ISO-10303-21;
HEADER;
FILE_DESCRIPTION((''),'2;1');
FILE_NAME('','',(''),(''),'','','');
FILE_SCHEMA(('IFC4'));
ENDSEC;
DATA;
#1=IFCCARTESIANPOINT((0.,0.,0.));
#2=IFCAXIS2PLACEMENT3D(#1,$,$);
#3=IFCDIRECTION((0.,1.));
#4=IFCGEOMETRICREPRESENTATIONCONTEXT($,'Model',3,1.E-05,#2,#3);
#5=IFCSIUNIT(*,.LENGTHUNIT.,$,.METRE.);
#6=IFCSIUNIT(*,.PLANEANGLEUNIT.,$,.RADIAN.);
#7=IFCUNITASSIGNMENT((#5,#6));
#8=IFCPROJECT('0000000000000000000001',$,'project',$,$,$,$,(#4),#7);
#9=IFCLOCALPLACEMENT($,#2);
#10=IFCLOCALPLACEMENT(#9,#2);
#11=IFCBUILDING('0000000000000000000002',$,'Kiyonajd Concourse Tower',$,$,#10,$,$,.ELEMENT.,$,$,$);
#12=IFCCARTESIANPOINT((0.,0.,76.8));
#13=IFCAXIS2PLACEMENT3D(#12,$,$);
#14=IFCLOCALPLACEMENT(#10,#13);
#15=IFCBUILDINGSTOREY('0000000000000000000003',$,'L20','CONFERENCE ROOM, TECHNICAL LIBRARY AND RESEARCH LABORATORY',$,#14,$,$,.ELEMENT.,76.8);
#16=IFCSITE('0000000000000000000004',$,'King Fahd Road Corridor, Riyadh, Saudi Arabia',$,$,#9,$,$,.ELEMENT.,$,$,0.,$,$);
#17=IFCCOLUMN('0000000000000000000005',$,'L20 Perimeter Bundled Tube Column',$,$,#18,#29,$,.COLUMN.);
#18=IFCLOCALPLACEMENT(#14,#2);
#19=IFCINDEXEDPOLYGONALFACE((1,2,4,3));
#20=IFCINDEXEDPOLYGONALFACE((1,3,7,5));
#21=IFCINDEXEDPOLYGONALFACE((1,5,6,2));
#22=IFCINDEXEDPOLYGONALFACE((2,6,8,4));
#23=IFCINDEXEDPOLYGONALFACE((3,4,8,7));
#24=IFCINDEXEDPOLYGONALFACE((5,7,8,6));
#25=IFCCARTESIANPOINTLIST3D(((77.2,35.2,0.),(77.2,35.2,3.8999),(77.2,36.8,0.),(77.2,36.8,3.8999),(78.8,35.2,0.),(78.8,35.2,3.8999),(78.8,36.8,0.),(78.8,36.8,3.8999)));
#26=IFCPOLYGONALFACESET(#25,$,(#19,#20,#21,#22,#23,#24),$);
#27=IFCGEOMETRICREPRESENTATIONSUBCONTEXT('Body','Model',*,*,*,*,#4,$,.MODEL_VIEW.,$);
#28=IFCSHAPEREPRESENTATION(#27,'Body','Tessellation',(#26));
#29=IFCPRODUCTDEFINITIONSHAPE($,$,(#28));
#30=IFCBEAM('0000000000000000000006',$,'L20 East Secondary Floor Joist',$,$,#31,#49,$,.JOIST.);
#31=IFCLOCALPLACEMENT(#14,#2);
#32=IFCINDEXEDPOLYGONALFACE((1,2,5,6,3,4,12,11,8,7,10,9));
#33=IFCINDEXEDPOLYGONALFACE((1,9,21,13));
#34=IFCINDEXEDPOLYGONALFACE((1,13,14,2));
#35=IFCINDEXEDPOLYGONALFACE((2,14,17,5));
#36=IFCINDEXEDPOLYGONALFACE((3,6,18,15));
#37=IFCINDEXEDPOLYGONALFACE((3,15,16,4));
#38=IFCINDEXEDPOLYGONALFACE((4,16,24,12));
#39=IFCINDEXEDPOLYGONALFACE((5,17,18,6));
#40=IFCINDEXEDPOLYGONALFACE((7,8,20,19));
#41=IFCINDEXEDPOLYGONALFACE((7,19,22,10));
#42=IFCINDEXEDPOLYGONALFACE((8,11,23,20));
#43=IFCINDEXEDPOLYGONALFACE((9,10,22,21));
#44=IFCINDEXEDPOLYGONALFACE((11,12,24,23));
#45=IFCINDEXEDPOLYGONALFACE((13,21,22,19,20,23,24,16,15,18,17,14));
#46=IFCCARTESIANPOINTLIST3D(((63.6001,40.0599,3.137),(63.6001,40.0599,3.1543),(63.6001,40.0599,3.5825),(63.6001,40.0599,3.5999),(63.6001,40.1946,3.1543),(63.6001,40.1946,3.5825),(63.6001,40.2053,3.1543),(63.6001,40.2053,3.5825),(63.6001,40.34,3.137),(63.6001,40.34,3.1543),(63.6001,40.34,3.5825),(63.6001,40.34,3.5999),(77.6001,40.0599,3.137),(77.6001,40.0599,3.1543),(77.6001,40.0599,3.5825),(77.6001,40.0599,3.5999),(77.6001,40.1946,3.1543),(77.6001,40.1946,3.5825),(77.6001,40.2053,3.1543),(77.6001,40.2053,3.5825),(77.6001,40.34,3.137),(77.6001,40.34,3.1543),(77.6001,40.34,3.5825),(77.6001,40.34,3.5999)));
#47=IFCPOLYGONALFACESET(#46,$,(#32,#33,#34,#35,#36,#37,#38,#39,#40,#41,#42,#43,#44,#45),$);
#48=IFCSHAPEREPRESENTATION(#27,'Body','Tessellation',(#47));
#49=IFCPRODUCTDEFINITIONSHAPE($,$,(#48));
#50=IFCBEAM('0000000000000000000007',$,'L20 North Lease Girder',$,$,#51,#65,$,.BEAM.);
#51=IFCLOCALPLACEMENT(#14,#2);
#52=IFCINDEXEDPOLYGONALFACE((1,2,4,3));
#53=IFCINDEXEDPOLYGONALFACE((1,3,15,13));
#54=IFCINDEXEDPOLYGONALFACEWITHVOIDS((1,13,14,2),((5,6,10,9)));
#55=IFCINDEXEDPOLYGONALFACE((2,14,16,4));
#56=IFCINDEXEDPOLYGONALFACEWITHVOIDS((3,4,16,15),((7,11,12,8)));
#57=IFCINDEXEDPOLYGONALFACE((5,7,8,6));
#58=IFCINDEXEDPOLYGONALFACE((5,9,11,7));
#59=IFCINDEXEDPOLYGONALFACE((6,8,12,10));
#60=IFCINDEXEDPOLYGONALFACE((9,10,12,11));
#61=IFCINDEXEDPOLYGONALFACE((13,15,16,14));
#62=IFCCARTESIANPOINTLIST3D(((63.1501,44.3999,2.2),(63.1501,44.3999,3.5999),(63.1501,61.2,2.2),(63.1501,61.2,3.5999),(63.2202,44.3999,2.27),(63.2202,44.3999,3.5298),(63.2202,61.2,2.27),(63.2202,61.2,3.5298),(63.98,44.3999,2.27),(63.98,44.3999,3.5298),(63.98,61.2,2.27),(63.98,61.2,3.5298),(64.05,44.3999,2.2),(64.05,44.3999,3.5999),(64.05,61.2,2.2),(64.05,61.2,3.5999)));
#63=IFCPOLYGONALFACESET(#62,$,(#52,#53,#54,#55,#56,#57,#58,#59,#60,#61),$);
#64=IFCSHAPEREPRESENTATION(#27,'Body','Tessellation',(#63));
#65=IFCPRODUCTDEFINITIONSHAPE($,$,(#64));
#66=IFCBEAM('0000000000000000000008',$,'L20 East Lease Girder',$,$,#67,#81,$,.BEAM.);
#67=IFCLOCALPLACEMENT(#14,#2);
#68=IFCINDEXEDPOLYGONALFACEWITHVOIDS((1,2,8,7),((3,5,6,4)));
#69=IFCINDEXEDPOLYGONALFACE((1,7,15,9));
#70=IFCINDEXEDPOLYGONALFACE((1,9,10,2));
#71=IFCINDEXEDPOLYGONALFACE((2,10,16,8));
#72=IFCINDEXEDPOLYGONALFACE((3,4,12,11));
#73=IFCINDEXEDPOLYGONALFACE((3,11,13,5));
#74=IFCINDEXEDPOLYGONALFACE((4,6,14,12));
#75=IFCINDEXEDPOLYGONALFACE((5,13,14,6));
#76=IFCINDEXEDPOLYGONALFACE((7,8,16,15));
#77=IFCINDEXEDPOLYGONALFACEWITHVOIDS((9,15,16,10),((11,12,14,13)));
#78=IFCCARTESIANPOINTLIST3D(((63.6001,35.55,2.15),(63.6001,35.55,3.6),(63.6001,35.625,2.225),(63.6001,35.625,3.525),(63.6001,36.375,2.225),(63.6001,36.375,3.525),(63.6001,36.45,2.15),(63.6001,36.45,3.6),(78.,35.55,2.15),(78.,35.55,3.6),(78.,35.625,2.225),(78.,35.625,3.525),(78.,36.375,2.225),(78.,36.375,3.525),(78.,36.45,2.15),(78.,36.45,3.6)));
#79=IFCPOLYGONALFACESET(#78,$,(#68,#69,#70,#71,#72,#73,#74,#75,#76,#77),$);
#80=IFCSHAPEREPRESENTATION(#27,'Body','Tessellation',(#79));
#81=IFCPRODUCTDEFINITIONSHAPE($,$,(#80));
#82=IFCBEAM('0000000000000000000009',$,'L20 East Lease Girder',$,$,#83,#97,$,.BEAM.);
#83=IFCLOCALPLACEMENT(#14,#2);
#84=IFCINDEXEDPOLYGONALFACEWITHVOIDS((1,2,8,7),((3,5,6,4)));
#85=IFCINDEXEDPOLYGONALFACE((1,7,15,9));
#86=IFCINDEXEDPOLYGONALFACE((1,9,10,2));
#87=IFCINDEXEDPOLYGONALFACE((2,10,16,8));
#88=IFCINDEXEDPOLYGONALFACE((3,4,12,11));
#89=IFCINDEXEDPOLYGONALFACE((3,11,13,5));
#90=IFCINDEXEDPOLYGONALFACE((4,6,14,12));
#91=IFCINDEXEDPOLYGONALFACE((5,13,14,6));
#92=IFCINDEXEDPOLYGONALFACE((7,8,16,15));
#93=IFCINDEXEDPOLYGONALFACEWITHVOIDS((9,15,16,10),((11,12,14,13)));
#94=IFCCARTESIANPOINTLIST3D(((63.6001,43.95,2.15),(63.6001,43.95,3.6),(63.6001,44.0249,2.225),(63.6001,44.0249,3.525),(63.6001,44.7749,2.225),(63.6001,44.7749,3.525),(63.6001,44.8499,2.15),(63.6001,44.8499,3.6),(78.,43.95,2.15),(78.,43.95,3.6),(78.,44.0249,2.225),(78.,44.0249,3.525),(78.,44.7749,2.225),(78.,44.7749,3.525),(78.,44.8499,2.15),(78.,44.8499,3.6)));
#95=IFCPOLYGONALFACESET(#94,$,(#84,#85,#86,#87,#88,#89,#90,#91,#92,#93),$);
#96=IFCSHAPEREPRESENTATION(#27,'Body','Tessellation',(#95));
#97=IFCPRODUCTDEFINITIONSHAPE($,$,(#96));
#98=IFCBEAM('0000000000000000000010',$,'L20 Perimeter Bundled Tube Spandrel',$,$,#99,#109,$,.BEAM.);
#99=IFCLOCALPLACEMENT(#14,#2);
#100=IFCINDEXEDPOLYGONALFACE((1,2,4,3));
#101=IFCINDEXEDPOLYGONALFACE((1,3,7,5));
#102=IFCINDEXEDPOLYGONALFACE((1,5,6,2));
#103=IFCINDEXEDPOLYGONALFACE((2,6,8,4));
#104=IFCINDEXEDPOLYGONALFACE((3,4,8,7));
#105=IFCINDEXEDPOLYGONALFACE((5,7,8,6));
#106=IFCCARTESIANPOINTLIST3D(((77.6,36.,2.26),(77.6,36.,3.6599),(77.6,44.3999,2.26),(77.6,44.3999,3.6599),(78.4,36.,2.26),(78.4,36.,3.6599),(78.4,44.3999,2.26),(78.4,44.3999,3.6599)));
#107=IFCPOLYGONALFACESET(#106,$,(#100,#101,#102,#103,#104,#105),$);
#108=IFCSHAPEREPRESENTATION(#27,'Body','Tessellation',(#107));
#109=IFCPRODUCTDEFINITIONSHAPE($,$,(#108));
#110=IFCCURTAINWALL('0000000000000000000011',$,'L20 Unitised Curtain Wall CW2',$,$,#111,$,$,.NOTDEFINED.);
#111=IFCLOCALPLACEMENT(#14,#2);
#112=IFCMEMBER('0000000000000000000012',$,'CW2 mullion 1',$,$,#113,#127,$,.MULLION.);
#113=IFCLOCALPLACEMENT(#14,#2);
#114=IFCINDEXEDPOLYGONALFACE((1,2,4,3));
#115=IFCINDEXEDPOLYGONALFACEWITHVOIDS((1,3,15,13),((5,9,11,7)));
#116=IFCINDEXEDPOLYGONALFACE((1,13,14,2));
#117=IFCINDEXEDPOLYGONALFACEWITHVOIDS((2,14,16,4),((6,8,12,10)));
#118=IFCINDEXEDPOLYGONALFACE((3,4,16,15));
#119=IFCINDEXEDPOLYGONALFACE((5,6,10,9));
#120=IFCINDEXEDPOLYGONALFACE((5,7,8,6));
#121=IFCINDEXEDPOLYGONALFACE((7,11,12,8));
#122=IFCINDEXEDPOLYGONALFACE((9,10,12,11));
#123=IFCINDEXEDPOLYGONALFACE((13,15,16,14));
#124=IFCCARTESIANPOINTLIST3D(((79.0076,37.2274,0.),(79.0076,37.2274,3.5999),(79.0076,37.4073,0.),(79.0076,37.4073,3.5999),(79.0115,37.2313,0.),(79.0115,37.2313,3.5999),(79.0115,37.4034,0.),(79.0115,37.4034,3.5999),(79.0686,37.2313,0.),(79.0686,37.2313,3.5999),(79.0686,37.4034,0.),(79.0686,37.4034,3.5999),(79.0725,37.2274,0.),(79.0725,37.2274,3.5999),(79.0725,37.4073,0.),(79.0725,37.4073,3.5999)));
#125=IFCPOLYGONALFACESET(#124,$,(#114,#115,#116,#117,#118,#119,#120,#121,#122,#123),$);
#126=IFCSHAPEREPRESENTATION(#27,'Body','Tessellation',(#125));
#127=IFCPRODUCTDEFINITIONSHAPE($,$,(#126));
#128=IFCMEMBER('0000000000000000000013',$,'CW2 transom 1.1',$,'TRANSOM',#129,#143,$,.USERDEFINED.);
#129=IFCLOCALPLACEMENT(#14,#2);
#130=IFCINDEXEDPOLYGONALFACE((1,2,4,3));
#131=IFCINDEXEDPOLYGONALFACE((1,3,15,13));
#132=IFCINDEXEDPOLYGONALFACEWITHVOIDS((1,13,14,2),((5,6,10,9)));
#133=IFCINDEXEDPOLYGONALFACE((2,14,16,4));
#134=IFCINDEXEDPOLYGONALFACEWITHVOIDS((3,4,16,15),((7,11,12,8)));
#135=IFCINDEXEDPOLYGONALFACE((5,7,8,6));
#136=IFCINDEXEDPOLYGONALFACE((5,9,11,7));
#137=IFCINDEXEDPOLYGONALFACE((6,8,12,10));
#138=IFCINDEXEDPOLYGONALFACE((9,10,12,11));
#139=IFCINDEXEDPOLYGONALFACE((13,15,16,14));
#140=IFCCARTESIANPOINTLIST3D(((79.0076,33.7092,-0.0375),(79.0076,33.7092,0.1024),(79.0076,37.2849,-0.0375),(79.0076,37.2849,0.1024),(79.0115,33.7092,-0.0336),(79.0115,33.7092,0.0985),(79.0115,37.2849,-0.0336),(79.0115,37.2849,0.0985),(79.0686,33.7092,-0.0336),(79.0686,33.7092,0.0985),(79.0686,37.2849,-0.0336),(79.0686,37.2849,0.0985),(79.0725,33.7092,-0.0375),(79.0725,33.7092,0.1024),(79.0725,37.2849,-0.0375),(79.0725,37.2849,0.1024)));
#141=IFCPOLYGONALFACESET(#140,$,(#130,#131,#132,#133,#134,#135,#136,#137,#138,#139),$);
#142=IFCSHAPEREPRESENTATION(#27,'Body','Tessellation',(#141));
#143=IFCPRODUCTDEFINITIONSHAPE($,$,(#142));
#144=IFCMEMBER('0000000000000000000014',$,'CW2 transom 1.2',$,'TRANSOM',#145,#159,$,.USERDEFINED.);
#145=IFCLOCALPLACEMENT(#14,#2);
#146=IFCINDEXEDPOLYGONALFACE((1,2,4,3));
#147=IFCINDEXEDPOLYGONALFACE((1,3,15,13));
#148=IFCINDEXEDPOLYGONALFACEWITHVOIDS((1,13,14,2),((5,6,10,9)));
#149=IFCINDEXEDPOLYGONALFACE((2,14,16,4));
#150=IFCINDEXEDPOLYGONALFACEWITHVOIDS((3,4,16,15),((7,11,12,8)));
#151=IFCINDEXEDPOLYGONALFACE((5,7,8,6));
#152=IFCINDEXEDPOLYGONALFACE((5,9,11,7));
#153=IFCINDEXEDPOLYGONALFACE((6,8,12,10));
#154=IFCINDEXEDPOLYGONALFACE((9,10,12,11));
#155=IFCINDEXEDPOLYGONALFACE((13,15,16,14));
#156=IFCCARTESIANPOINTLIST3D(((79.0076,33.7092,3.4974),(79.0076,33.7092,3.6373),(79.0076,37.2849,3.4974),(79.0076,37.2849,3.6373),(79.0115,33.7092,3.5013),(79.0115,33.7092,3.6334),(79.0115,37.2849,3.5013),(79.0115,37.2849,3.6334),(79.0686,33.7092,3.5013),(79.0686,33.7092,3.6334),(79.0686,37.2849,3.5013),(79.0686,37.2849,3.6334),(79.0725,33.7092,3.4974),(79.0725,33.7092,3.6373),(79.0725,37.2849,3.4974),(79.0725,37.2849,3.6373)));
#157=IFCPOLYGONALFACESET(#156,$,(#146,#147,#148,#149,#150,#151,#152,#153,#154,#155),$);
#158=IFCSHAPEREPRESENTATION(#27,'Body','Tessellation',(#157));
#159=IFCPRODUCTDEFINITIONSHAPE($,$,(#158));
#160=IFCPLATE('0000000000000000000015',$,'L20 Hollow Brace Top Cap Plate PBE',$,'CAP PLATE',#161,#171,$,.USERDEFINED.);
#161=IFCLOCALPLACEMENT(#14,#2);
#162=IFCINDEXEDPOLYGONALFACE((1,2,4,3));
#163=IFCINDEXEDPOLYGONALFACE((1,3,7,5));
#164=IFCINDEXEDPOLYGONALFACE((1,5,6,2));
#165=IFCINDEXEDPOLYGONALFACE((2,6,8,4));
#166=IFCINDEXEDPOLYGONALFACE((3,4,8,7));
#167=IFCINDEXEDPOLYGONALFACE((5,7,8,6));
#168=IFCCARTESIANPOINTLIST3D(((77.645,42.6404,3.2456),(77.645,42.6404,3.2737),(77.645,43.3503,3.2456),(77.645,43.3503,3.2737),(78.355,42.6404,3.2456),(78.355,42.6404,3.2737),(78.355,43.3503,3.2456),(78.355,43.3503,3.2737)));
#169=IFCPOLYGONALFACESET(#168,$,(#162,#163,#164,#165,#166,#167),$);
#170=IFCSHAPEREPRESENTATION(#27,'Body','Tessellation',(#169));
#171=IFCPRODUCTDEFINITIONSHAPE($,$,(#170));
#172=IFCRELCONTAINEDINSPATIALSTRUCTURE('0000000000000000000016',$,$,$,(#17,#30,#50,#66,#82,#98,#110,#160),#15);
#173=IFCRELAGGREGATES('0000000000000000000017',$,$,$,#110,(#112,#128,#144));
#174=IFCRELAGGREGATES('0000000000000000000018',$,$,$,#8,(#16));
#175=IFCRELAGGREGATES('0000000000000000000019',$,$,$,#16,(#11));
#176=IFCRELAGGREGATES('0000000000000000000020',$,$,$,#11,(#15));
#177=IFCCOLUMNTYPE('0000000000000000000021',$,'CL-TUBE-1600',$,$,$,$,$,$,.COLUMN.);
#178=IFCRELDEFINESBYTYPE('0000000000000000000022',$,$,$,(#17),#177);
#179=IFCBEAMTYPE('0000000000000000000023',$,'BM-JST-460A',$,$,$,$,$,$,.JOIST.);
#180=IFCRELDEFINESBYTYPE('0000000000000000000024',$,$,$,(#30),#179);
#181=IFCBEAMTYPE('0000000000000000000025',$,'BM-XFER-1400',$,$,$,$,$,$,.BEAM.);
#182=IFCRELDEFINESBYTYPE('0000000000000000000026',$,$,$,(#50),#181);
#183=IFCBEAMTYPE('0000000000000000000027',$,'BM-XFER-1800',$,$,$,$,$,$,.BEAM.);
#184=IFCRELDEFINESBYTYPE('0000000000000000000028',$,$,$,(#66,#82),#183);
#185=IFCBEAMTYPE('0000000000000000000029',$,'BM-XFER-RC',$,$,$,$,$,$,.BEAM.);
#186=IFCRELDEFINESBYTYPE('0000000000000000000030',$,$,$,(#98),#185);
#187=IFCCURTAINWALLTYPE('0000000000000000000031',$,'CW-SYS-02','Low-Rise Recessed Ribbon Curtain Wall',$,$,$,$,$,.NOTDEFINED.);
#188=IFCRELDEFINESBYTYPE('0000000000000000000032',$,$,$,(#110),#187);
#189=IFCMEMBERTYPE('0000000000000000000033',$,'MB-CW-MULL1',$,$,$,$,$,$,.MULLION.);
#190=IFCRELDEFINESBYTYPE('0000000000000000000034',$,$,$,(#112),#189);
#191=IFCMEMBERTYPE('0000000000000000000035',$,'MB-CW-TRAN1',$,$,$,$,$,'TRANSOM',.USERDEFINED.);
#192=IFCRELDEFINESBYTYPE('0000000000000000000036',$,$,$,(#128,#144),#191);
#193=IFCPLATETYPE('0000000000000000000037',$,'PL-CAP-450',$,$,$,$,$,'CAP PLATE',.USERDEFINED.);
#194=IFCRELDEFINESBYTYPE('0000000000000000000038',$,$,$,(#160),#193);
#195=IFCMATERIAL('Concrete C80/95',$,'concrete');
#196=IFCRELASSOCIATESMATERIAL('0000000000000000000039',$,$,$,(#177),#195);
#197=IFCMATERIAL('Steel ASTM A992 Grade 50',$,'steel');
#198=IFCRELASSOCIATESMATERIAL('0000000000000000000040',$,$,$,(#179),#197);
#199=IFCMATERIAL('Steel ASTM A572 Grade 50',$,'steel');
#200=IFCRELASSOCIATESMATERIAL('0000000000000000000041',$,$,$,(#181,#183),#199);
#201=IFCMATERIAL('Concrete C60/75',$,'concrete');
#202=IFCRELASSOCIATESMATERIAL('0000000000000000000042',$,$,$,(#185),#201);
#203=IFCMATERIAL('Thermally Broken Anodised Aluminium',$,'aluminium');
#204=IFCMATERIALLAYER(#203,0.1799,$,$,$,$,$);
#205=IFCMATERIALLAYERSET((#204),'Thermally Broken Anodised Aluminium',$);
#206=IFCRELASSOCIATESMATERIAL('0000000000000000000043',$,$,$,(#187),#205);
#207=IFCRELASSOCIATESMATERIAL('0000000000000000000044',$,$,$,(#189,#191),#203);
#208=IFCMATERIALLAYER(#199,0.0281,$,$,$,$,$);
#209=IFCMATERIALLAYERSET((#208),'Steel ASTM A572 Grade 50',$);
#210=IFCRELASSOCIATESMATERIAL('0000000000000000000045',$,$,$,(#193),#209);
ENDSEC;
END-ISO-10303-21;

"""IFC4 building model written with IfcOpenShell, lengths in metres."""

from ifc_helpers import new_model, si_unit, direction, frame, origin, origin_2d, place, context, subcontext, project, spatial, rectangle, hollow_rectangle, i_section, extrude, material, layer, layer_set, material_profile, profile_set, type_object, element, aggregate, save


model = new_model("IFC4")

# Units and contexts
model_context = context("Model", 3, precision=1e-05, world=origin(), true_north=direction((0.0, 1.0)))
body_context = subcontext(model_context, "Body", "Model", "MODEL_VIEW")
ifc_project = project(units=[si_unit("LENGTHUNIT", "METRE"), si_unit("PLANEANGLEUNIT", "RADIAN")], contexts=[model_context])

# Site, building, storey
site_placement = place(None, origin())
site = spatial("IfcSite", under=ifc_project, at=site_placement, Name="King Fahd Road Corridor, Riyadh, Saudi Arabia", CompositionType="ELEMENT", RefElevation=0.0)
building_placement = place(site_placement, origin())
building = spatial("IfcBuilding", under=site, at=building_placement, Name="Kiyonajd Concourse Tower", CompositionType="ELEMENT")
storey_placement = place(building_placement, frame((0.0, 0.0, 76.8)))
storey = spatial("IfcBuildingStorey", under=building, at=storey_placement, Name="L20", Description="CONFERENCE ROOM, TECHNICAL LIBRARY AND RESEARCH LABORATORY", CompositionType="ELEMENT", Elevation=76.8)

# Column
ifc_material_1 = material(Name="Concrete C80/95", Category="concrete")
ifc_material_profile_1 = material_profile(ifc_material_1, rectangle(XDim=1.6001, YDim=1.6001, at=origin_2d()), Name="RC-1600x1600")
ifc_profile_set_1 = profile_set([ifc_material_profile_1], Name="Concrete C80/95")
column_type = type_object("IfcColumnType", Name="CL-TUBE-1600", PredefinedType="COLUMN", material=ifc_profile_set_1)
column_placement = place(storey_placement, frame((78.0, 36.0, 0.0), z_axis=(0.0, 0.0, 1.0), x_axis=(1.0, 0.0, 0.0)))
element("IfcColumn", 1, at=column_placement, inside=storey, type_object=column_type, Name="L20 Perimeter Bundled Tube Column", PredefinedType="COLUMN", context=body_context, shape_type="SweptSolid", body=[
    extrude(rectangle(XDim=1.6001, YDim=1.6001, at=origin_2d()), origin(), (0.0, 0.0, 1.0), 3.8999),
])

# Beams
ifc_material_2 = material(Name="Steel ASTM A992 Grade 50", Category="steel")
ifc_material_profile_2 = material_profile(ifc_material_2, i_section(OverallWidth=0.28, OverallDepth=0.4629, WebThickness=0.0107, FlangeThickness=0.0173, at=origin_2d()), Name="W460X113")
ifc_profile_set_2 = profile_set([ifc_material_profile_2], Name="Steel ASTM A992 Grade 50")
beam_type_1 = type_object("IfcBeamType", Name="BM-JST-460A", PredefinedType="JOIST", material=ifc_profile_set_2)
beam_1_placement = place(storey_placement, frame((63.6001, 40.2, 3.3684), z_axis=(1.0, 0.0, 0.0), x_axis=(0.0, 1.0, 0.0)))
element("IfcBeam", 2, at=beam_1_placement, inside=storey, type_object=beam_type_1, Name="L20 East Secondary Floor Joist", PredefinedType="JOIST", context=body_context, shape_type="SweptSolid", body=[
    extrude(i_section(OverallWidth=0.28, OverallDepth=0.4629, WebThickness=0.0107, FlangeThickness=0.0173, at=origin_2d()), origin(), (0.0, 0.0, 1.0), 14.0),
])
ifc_material_3 = material(Name="Steel ASTM A572 Grade 50", Category="steel")
ifc_material_profile_3 = material_profile(ifc_material_3, hollow_rectangle(XDim=0.8999, YDim=1.3999, WallThickness=0.0701, at=origin_2d()), Name="BOX-1400x900x70")
ifc_profile_set_3 = profile_set([ifc_material_profile_3], Name="Steel ASTM A572 Grade 50")
beam_type_2 = type_object("IfcBeamType", Name="BM-XFER-1400", PredefinedType="BEAM", material=ifc_profile_set_3)
beam_2_placement = place(storey_placement, frame((63.6001, 44.3999, 2.8999), z_axis=(0.0, 1.0, 0.0), x_axis=(-1.0, 0.0, 0.0)))
element("IfcBeam", 3, at=beam_2_placement, inside=storey, type_object=beam_type_2, Name="L20 North Lease Girder", PredefinedType="BEAM", context=body_context, shape_type="SweptSolid", body=[
    extrude(hollow_rectangle(XDim=0.8999, YDim=1.3999, WallThickness=0.0701, at=origin_2d()), origin(), (0.0, 0.0, 1.0), 16.8),
])
ifc_material_profile_4 = material_profile(ifc_material_3, hollow_rectangle(XDim=0.8999, YDim=1.45, WallThickness=0.075, at=origin_2d()), Name="BOX-1450x900x75")
ifc_profile_set_4 = profile_set([ifc_material_profile_4], Name="Steel ASTM A572 Grade 50")
beam_type_3 = type_object("IfcBeamType", Name="BM-XFER-1800", PredefinedType="BEAM", material=ifc_profile_set_4)
for number, where, z_axis, x_axis, name in (
    (4, (63.6001, 36.0, 2.875), (1.0, 0.0, 0.0), (0.0, 1.0, 0.0), "L20 East Lease Girder"),
    (5, (63.6001, 44.3999, 2.875), (1.0, 0.0, 0.0), (0.0, 1.0, 0.0), "L20 East Lease Girder"),
):
    element("IfcBeam", number, at=place(storey_placement, frame(where, z_axis=z_axis, x_axis=x_axis)), inside=storey, type_object=beam_type_3, Name=name, PredefinedType="BEAM", context=body_context, shape_type="SweptSolid", body=[
        extrude(hollow_rectangle(XDim=0.8999, YDim=1.45, WallThickness=0.075, at=origin_2d()), origin(), (0.0, 0.0, 1.0), 14.3999),
    ])
ifc_material_4 = material(Name="Concrete C60/75", Category="concrete")
ifc_material_profile_5 = material_profile(ifc_material_4, rectangle(XDim=0.8, YDim=1.3999, at=origin_2d()), Name="RCBM-800x1400")
ifc_profile_set_5 = profile_set([ifc_material_profile_5], Name="Concrete C60/75")
beam_type_4 = type_object("IfcBeamType", Name="BM-XFER-RC", PredefinedType="BEAM", material=ifc_profile_set_5)
beam_3_placement = place(storey_placement, frame((78.0, 36.0, 2.96), z_axis=(0.0, 1.0, 0.0), x_axis=(-1.0, 0.0, 0.0)))
element("IfcBeam", 6, at=beam_3_placement, inside=storey, type_object=beam_type_4, Name="L20 Perimeter Bundled Tube Spandrel", PredefinedType="BEAM", context=body_context, shape_type="SweptSolid", body=[
    extrude(rectangle(XDim=0.8, YDim=1.3999, at=origin_2d()), origin(), (0.0, 0.0, 1.0), 8.3999),
])

# Curtain wall, members
ifc_material_5 = material(Name="Thermally Broken Anodised Aluminium", Category="aluminium")
ifc_layer_1 = layer(ifc_material_5, 0.1799)
ifc_layer_set_1 = layer_set([ifc_layer_1], Name="Thermally Broken Anodised Aluminium")
curtain_wall_type = type_object("IfcCurtainWallType", Name="CW-SYS-02", Description="Low-Rise Recessed Ribbon Curtain Wall", PredefinedType="NOTDEFINED", material=ifc_layer_set_1)
curtain_wall_placement = place(storey_placement, origin())
curtain_wall = element("IfcCurtainWall", 7, at=curtain_wall_placement, inside=storey, type_object=curtain_wall_type, Name="L20 Unitised Curtain Wall CW2", PredefinedType="NOTDEFINED")
ifc_material_profile_6 = material_profile(ifc_material_5, hollow_rectangle(XDim=0.0649, YDim=0.1799, WallThickness=0.0039, at=origin_2d()), Name="MULL-65x180")
ifc_profile_set_6 = profile_set([ifc_material_profile_6], Name="Thermally Broken Anodised Aluminium")
member_type_1 = type_object("IfcMemberType", Name="MB-CW-MULL1", PredefinedType="MULLION", material=ifc_profile_set_6)
member_1_placement = place(storey_placement, frame((79.04, 37.3174, 0.0), z_axis=(0.0, 0.0, 1.0), x_axis=(1.0, 0.0, 0.0)))
member_1 = element("IfcMember", 8, at=member_1_placement, type_object=member_type_1, Name="CW2 mullion 1", PredefinedType="MULLION", context=body_context, shape_type="SweptSolid", body=[
    extrude(hollow_rectangle(XDim=0.0649, YDim=0.1799, WallThickness=0.0039, at=origin_2d()), origin(), (0.0, 0.0, 1.0), 3.5999),
])
ifc_material_profile_7 = material_profile(ifc_material_5, hollow_rectangle(XDim=0.0649, YDim=0.1399, WallThickness=0.0039, at=origin_2d()), Name="TRAN-65x140")
ifc_profile_set_7 = profile_set([ifc_material_profile_7], Name="Thermally Broken Anodised Aluminium")
member_type_2 = type_object("IfcMemberType", Name="MB-CW-TRAN1", ElementType="TRANSOM", PredefinedType="USERDEFINED", material=ifc_profile_set_7)
member_2_placement = place(storey_placement, frame((79.04, 37.2849, 0.0325), z_axis=(0.0, -1.0, 0.0), x_axis=(1.0, 0.0, 0.0)))
member_2 = element("IfcMember", 9, at=member_2_placement, type_object=member_type_2, Name="CW2 transom 1.1", ObjectType="TRANSOM", PredefinedType="USERDEFINED", context=body_context, shape_type="SweptSolid", body=[
    extrude(hollow_rectangle(XDim=0.0649, YDim=0.1399, WallThickness=0.0039, at=origin_2d()), origin(), (0.0, 0.0, 1.0), 3.5757),
])
member_3_placement = place(storey_placement, frame((79.04, 37.2849, 3.5674), z_axis=(0.0, -1.0, 0.0), x_axis=(1.0, 0.0, 0.0)))
member_3 = element("IfcMember", 10, at=member_3_placement, type_object=member_type_2, Name="CW2 transom 1.2", ObjectType="TRANSOM", PredefinedType="USERDEFINED", context=body_context, shape_type="SweptSolid", body=[
    extrude(hollow_rectangle(XDim=0.0649, YDim=0.1399, WallThickness=0.0039, at=origin_2d()), origin(), (0.0, 0.0, 1.0), 3.5757),
])

# Plate
ifc_layer_2 = layer(ifc_material_3, 0.0281)
ifc_layer_set_2 = layer_set([ifc_layer_2], Name="Steel ASTM A572 Grade 50")
plate_type_1 = type_object("IfcPlateType", Name="PL-CAP-450", ElementType="CAP PLATE", PredefinedType="USERDEFINED", material=ifc_layer_set_2)
plate_1_placement = place(storey_placement, frame((78.0, 42.9954, 3.2456), z_axis=(0.0, 0.0, 1.0), x_axis=(1.0, 0.0, 0.0)))
element("IfcPlate", 11, at=plate_1_placement, inside=storey, type_object=plate_type_1, Name="L20 Hollow Brace Top Cap Plate PBE", ObjectType="CAP PLATE", PredefinedType="USERDEFINED", context=body_context, shape_type="SweptSolid", body=[
    extrude(rectangle(XDim=0.71, YDim=0.71, at=origin_2d()), origin(), (0.0, 0.0, 1.0), 0.0281),
])

aggregate(curtain_wall, [member_1, member_2, member_3])

save(model, "model.ifc")
